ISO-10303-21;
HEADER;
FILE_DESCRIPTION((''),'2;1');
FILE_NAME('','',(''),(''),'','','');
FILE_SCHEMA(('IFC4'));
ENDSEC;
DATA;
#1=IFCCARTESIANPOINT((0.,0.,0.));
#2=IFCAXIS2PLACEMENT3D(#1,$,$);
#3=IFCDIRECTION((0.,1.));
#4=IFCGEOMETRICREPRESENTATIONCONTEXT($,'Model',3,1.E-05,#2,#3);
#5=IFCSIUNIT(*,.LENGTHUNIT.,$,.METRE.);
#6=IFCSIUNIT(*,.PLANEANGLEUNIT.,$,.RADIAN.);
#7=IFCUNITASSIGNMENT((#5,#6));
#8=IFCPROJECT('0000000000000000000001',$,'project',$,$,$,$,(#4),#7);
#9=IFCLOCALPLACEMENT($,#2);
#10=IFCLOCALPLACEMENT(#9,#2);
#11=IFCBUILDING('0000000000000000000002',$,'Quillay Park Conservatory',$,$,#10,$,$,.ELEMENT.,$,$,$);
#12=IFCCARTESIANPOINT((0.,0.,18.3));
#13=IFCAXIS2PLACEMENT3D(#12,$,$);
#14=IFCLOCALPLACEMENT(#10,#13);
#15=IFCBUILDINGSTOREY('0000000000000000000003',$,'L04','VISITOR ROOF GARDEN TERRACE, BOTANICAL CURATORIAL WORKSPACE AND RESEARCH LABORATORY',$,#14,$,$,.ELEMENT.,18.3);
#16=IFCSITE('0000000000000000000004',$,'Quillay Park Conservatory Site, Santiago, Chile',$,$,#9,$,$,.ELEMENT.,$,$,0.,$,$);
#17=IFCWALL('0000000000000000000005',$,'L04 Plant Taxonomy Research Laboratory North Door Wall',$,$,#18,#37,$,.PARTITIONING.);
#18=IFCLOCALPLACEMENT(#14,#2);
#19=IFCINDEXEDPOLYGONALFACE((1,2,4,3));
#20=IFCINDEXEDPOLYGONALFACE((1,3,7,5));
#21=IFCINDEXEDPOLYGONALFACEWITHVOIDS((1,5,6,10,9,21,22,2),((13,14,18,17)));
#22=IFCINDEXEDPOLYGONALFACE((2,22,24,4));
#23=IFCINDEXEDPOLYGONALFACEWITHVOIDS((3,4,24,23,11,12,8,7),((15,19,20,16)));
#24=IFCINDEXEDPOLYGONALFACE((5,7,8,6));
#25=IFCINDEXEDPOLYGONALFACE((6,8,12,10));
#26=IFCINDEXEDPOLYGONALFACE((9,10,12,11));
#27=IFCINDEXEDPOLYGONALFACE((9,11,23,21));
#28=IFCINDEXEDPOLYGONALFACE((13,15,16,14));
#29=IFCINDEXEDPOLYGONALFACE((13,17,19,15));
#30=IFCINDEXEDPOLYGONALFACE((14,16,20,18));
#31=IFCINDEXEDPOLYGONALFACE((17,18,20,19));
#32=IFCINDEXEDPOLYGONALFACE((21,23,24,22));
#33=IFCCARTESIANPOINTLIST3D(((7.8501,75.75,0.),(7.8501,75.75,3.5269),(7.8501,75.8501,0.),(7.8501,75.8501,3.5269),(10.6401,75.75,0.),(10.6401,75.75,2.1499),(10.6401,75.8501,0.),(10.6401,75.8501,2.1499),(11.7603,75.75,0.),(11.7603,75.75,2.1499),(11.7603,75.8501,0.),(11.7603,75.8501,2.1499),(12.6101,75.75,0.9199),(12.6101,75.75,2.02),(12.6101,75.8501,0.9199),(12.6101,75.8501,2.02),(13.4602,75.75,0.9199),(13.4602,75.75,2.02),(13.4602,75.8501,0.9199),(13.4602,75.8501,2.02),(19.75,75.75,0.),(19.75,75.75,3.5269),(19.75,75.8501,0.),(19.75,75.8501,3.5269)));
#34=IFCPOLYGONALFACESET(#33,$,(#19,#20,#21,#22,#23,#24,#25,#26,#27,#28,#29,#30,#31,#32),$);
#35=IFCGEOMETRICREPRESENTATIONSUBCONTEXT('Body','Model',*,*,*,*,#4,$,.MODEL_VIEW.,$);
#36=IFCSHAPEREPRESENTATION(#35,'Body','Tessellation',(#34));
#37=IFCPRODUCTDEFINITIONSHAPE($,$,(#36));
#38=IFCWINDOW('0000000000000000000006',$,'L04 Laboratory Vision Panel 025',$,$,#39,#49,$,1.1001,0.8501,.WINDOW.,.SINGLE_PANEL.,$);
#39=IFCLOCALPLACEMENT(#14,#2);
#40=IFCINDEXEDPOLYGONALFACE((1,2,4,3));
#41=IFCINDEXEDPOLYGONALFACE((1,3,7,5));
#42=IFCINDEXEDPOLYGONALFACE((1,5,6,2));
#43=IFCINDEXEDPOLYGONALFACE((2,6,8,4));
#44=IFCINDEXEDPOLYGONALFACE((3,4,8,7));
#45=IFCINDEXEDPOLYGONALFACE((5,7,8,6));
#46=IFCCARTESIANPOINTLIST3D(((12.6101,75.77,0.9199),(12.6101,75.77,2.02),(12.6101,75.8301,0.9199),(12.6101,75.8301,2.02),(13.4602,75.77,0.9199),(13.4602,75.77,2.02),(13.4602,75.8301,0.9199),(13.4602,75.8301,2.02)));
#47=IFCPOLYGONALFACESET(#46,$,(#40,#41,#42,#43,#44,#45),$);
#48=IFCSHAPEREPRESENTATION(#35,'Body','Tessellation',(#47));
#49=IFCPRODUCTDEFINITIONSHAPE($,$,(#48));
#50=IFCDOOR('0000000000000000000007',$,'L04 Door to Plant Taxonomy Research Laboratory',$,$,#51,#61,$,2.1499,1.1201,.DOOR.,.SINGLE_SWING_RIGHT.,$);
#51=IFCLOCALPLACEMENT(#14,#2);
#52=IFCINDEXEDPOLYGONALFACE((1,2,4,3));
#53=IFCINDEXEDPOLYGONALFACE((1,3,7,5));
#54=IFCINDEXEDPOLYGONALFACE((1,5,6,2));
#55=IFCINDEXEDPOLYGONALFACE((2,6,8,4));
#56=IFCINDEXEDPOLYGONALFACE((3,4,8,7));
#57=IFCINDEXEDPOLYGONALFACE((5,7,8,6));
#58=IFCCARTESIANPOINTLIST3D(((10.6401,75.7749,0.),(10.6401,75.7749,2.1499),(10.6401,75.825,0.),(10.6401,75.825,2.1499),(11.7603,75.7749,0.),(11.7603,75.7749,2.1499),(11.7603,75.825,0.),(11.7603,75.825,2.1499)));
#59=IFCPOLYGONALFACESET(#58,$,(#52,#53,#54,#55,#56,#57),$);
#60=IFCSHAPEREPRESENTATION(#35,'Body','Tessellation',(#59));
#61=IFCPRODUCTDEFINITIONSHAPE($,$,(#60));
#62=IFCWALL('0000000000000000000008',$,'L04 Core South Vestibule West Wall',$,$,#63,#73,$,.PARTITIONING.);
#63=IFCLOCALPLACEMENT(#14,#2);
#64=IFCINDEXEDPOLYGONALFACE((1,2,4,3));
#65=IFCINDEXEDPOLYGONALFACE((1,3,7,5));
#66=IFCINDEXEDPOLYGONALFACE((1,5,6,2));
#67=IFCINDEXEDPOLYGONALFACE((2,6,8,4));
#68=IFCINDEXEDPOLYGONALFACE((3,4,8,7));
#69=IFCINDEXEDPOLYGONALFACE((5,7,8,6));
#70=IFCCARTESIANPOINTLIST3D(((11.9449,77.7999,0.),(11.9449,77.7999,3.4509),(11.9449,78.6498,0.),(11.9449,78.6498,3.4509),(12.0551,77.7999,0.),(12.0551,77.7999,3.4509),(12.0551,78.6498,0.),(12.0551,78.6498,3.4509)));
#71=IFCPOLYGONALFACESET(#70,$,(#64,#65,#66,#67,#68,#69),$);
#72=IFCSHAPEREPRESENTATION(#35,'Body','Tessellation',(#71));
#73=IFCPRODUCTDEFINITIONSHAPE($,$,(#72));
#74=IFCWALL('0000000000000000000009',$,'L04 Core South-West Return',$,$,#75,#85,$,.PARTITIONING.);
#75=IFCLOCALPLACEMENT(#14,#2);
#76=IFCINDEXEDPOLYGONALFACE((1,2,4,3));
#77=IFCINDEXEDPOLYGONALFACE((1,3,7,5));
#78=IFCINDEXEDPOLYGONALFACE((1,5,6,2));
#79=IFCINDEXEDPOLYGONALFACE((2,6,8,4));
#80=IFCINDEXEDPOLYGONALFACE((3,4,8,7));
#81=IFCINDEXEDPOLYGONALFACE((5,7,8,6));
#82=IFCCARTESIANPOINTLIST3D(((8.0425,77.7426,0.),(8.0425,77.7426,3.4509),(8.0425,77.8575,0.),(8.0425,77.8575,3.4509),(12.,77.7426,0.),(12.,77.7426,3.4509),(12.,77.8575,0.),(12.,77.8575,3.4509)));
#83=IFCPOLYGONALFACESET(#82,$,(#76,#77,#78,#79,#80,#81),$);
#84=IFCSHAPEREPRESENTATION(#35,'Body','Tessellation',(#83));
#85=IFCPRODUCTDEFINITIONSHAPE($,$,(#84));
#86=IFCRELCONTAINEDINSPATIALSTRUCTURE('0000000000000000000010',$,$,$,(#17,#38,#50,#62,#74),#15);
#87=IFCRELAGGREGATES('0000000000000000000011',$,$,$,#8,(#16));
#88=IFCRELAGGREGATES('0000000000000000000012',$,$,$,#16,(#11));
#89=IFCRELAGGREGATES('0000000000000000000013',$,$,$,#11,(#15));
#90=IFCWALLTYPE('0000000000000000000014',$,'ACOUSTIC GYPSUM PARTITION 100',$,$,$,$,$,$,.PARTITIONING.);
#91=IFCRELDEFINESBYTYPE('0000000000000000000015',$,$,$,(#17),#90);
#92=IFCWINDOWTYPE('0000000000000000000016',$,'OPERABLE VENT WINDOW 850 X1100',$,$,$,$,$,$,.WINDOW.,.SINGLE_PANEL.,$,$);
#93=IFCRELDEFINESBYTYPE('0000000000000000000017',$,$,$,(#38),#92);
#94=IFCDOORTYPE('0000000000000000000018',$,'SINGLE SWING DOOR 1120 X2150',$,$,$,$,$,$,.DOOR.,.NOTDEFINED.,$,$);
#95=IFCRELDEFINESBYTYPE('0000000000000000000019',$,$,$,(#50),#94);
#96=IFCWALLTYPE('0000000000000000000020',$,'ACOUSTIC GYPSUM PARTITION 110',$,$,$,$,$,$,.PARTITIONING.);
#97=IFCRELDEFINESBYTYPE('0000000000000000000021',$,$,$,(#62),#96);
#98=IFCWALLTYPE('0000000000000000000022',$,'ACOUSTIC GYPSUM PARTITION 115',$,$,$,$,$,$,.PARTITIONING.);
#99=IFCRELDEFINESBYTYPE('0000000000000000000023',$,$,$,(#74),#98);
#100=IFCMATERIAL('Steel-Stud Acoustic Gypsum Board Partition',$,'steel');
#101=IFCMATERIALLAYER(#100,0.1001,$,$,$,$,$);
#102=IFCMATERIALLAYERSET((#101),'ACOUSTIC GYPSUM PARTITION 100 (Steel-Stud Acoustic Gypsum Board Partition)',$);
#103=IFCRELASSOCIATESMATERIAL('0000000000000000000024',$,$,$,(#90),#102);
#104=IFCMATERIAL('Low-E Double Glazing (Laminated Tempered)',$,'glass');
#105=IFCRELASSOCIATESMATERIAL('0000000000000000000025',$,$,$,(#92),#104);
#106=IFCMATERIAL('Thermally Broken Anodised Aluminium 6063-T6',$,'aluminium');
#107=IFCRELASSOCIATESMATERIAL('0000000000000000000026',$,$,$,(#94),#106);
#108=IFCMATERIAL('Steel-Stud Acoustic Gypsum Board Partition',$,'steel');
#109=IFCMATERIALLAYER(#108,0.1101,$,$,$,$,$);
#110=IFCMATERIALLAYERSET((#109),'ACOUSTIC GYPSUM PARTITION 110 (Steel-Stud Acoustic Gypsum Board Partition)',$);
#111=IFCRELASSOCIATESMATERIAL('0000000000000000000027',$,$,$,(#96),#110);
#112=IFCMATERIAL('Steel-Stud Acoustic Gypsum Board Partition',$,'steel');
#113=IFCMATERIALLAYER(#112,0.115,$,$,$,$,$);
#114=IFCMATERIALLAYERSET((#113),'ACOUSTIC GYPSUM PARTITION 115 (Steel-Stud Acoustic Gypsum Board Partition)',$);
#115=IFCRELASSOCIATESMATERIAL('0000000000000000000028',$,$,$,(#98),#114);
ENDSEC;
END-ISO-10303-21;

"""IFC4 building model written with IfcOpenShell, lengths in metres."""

from ifc_helpers import new_model, si_unit, direction, frame, frame_2d, origin, place, context, subcontext, project, spatial, rectangle, extrude, material, layer, layer_set, type_object, element, fill, save


model = new_model("IFC4")

# Units and contexts
model_context = context("Model", 3, precision=1e-05, world=origin(), true_north=direction((0.0, 1.0)))
body_context = subcontext(model_context, "Body", "Model", "MODEL_VIEW")
ifc_project = project(units=[si_unit("LENGTHUNIT", "METRE"), si_unit("PLANEANGLEUNIT", "RADIAN")], contexts=[model_context])

# Site, building, storey
site_placement = place(None, origin())
site = spatial("IfcSite", under=ifc_project, at=site_placement, Name="Quillay Park Conservatory Site, Santiago, Chile", CompositionType="ELEMENT", RefElevation=0.0)
building_placement = place(site_placement, origin())
building = spatial("IfcBuilding", under=site, at=building_placement, Name="Quillay Park Conservatory", CompositionType="ELEMENT")
storey_placement = place(building_placement, frame((0.0, 0.0, 18.3)))
storey = spatial("IfcBuildingStorey", under=building, at=storey_placement, Name="L04", Description="VISITOR ROOF GARDEN TERRACE, BOTANICAL CURATORIAL WORKSPACE AND RESEARCH LABORATORY", CompositionType="ELEMENT", Elevation=18.3)

# Wall, openings, window, door
ifc_material_1 = material(Name="Steel-Stud Acoustic Gypsum Board Partition", Category="steel")
ifc_layer_1 = layer(ifc_material_1, 0.1001)
ifc_layer_set_1 = layer_set([ifc_layer_1], Name="ACOUSTIC GYPSUM PARTITION 100 (Steel-Stud Acoustic Gypsum Board Partition)")
wall_type_1 = type_object("IfcWallType", Name="ACOUSTIC GYPSUM PARTITION 100", PredefinedType="PARTITIONING", material=ifc_layer_set_1)
wall_1_placement = place(storey_placement, frame((7.8501, 75.8, 0.0), z_axis=(0.0, 0.0, 1.0), x_axis=(1.0, 0.0, 0.0)))
wall_1 = element("IfcWall", 1, at=wall_1_placement, inside=storey, type_object=wall_type_1, Name="L04 Plant Taxonomy Research Laboratory North Door Wall", PredefinedType="PARTITIONING", context=body_context, shape_type="SweptSolid", body=[
    extrude(rectangle(XDim=11.8999, YDim=0.1001, at=frame_2d((5.95, 0.0))), origin(), (0.0, 0.0, 1.0), 3.5269),
])
opening_1_placement = place(wall_1_placement, frame((2.79, 0.0, 0.0)))
opening_1 = element("IfcOpeningElement", 2, at=opening_1_placement, cuts=wall_1, PredefinedType="OPENING", context=body_context, shape_type="SweptSolid", body=[
    extrude(rectangle(XDim=1.1201, YDim=2.1499, at=frame_2d((0.5601, 1.075))), frame((0.0, 0.05, 0.0), z_axis=(0.0, -1.0, 0.0), x_axis=(1.0, 0.0, 0.0)), (0.0, 0.0, 1.0), 0.1001),
])
opening_2_placement = place(wall_1_placement, frame((4.76, 0.0, 0.9199)))
opening_2 = element("IfcOpeningElement", 3, at=opening_2_placement, cuts=wall_1, PredefinedType="OPENING", context=body_context, shape_type="SweptSolid", body=[
    extrude(rectangle(XDim=0.8501, YDim=1.1001, at=frame_2d((0.425, 0.55))), frame((0.0, 0.05, 0.0), z_axis=(0.0, -1.0, 0.0), x_axis=(1.0, 0.0, 0.0)), (0.0, 0.0, 1.0), 0.1001),
])
ifc_material_2 = material(Name="Low-E Double Glazing (Laminated Tempered)", Category="glass")
window_type = type_object("IfcWindowType", Name="OPERABLE VENT WINDOW 850 X1100", PartitioningType="SINGLE_PANEL", PredefinedType="WINDOW", material=ifc_material_2)
window_placement = place(opening_2_placement, origin())
window = element("IfcWindow", 4, at=window_placement, inside=storey, type_object=window_type, Name="L04 Laboratory Vision Panel 025", OverallHeight=1.1001, OverallWidth=0.8501, PartitioningType="SINGLE_PANEL", PredefinedType="WINDOW", context=body_context, shape_type="SweptSolid", body=[
    extrude(rectangle(XDim=0.8501, YDim=1.1001, at=frame_2d((0.425, 0.55))), frame((0.0, 0.03, 0.0), z_axis=(0.0, -1.0, 0.0), x_axis=(1.0, 0.0, 0.0)), (0.0, 0.0, 1.0), 0.0601),
])
fill(opening_2, window)
ifc_material_3 = material(Name="Thermally Broken Anodised Aluminium 6063-T6", Category="aluminium")
door_type_1 = type_object("IfcDoorType", Name="SINGLE SWING DOOR 1120 X2150", OperationType="NOTDEFINED", PredefinedType="DOOR", material=ifc_material_3)
door_1_placement = place(opening_1_placement, origin())
door_1 = element("IfcDoor", 5, at=door_1_placement, inside=storey, type_object=door_type_1, Name="L04 Door to Plant Taxonomy Research Laboratory", OperationType="SINGLE_SWING_RIGHT", OverallHeight=2.1499, OverallWidth=1.1201, PredefinedType="DOOR", context=body_context, shape_type="SweptSolid", body=[
    extrude(rectangle(XDim=1.1201, YDim=2.1499, at=frame_2d((0.5601, 1.075))), frame((0.0, 0.0249, 0.0), z_axis=(0.0, -1.0, 0.0), x_axis=(1.0, 0.0, 0.0)), (0.0, 0.0, 1.0), 0.05),
])
fill(opening_1, door_1)

# Walls
ifc_material_4 = material(Name="Steel-Stud Acoustic Gypsum Board Partition", Category="steel")
ifc_layer_2 = layer(ifc_material_4, 0.1101)
ifc_layer_set_2 = layer_set([ifc_layer_2], Name="ACOUSTIC GYPSUM PARTITION 110 (Steel-Stud Acoustic Gypsum Board Partition)")
wall_type_2 = type_object("IfcWallType", Name="ACOUSTIC GYPSUM PARTITION 110", PredefinedType="PARTITIONING", material=ifc_layer_set_2)
wall_2_placement = place(storey_placement, frame((12.0, 77.8, 0.0), z_axis=(0.0, 0.0, 1.0), x_axis=(0.0, 1.0, 0.0)))
element("IfcWall", 6, at=wall_2_placement, inside=storey, type_object=wall_type_2, Name="L04 Core South Vestibule West Wall", PredefinedType="PARTITIONING", context=body_context, shape_type="SweptSolid", body=[
    extrude(rectangle(XDim=0.8499, YDim=0.1101, at=frame_2d((0.4248, 0.0))), origin(), (0.0, 0.0, 1.0), 3.4509),
])
ifc_material_5 = material(Name="Steel-Stud Acoustic Gypsum Board Partition", Category="steel")
ifc_layer_3 = layer(ifc_material_5, 0.115)
ifc_layer_set_3 = layer_set([ifc_layer_3], Name="ACOUSTIC GYPSUM PARTITION 115 (Steel-Stud Acoustic Gypsum Board Partition)")
wall_type_3 = type_object("IfcWallType", Name="ACOUSTIC GYPSUM PARTITION 115", PredefinedType="PARTITIONING", material=ifc_layer_set_3)
wall_3_placement = place(storey_placement, frame((8.0425, 77.8, 0.0), z_axis=(0.0, 0.0, 1.0), x_axis=(1.0, 0.0, 0.0)))
element("IfcWall", 7, at=wall_3_placement, inside=storey, type_object=wall_type_3, Name="L04 Core South-West Return", PredefinedType="PARTITIONING", context=body_context, shape_type="SweptSolid", body=[
    extrude(rectangle(XDim=3.9575, YDim=0.115, at=frame_2d((1.9788, 0.0))), origin(), (0.0, 0.0, 1.0), 3.4509),
])

save(model, "model.ifc")
